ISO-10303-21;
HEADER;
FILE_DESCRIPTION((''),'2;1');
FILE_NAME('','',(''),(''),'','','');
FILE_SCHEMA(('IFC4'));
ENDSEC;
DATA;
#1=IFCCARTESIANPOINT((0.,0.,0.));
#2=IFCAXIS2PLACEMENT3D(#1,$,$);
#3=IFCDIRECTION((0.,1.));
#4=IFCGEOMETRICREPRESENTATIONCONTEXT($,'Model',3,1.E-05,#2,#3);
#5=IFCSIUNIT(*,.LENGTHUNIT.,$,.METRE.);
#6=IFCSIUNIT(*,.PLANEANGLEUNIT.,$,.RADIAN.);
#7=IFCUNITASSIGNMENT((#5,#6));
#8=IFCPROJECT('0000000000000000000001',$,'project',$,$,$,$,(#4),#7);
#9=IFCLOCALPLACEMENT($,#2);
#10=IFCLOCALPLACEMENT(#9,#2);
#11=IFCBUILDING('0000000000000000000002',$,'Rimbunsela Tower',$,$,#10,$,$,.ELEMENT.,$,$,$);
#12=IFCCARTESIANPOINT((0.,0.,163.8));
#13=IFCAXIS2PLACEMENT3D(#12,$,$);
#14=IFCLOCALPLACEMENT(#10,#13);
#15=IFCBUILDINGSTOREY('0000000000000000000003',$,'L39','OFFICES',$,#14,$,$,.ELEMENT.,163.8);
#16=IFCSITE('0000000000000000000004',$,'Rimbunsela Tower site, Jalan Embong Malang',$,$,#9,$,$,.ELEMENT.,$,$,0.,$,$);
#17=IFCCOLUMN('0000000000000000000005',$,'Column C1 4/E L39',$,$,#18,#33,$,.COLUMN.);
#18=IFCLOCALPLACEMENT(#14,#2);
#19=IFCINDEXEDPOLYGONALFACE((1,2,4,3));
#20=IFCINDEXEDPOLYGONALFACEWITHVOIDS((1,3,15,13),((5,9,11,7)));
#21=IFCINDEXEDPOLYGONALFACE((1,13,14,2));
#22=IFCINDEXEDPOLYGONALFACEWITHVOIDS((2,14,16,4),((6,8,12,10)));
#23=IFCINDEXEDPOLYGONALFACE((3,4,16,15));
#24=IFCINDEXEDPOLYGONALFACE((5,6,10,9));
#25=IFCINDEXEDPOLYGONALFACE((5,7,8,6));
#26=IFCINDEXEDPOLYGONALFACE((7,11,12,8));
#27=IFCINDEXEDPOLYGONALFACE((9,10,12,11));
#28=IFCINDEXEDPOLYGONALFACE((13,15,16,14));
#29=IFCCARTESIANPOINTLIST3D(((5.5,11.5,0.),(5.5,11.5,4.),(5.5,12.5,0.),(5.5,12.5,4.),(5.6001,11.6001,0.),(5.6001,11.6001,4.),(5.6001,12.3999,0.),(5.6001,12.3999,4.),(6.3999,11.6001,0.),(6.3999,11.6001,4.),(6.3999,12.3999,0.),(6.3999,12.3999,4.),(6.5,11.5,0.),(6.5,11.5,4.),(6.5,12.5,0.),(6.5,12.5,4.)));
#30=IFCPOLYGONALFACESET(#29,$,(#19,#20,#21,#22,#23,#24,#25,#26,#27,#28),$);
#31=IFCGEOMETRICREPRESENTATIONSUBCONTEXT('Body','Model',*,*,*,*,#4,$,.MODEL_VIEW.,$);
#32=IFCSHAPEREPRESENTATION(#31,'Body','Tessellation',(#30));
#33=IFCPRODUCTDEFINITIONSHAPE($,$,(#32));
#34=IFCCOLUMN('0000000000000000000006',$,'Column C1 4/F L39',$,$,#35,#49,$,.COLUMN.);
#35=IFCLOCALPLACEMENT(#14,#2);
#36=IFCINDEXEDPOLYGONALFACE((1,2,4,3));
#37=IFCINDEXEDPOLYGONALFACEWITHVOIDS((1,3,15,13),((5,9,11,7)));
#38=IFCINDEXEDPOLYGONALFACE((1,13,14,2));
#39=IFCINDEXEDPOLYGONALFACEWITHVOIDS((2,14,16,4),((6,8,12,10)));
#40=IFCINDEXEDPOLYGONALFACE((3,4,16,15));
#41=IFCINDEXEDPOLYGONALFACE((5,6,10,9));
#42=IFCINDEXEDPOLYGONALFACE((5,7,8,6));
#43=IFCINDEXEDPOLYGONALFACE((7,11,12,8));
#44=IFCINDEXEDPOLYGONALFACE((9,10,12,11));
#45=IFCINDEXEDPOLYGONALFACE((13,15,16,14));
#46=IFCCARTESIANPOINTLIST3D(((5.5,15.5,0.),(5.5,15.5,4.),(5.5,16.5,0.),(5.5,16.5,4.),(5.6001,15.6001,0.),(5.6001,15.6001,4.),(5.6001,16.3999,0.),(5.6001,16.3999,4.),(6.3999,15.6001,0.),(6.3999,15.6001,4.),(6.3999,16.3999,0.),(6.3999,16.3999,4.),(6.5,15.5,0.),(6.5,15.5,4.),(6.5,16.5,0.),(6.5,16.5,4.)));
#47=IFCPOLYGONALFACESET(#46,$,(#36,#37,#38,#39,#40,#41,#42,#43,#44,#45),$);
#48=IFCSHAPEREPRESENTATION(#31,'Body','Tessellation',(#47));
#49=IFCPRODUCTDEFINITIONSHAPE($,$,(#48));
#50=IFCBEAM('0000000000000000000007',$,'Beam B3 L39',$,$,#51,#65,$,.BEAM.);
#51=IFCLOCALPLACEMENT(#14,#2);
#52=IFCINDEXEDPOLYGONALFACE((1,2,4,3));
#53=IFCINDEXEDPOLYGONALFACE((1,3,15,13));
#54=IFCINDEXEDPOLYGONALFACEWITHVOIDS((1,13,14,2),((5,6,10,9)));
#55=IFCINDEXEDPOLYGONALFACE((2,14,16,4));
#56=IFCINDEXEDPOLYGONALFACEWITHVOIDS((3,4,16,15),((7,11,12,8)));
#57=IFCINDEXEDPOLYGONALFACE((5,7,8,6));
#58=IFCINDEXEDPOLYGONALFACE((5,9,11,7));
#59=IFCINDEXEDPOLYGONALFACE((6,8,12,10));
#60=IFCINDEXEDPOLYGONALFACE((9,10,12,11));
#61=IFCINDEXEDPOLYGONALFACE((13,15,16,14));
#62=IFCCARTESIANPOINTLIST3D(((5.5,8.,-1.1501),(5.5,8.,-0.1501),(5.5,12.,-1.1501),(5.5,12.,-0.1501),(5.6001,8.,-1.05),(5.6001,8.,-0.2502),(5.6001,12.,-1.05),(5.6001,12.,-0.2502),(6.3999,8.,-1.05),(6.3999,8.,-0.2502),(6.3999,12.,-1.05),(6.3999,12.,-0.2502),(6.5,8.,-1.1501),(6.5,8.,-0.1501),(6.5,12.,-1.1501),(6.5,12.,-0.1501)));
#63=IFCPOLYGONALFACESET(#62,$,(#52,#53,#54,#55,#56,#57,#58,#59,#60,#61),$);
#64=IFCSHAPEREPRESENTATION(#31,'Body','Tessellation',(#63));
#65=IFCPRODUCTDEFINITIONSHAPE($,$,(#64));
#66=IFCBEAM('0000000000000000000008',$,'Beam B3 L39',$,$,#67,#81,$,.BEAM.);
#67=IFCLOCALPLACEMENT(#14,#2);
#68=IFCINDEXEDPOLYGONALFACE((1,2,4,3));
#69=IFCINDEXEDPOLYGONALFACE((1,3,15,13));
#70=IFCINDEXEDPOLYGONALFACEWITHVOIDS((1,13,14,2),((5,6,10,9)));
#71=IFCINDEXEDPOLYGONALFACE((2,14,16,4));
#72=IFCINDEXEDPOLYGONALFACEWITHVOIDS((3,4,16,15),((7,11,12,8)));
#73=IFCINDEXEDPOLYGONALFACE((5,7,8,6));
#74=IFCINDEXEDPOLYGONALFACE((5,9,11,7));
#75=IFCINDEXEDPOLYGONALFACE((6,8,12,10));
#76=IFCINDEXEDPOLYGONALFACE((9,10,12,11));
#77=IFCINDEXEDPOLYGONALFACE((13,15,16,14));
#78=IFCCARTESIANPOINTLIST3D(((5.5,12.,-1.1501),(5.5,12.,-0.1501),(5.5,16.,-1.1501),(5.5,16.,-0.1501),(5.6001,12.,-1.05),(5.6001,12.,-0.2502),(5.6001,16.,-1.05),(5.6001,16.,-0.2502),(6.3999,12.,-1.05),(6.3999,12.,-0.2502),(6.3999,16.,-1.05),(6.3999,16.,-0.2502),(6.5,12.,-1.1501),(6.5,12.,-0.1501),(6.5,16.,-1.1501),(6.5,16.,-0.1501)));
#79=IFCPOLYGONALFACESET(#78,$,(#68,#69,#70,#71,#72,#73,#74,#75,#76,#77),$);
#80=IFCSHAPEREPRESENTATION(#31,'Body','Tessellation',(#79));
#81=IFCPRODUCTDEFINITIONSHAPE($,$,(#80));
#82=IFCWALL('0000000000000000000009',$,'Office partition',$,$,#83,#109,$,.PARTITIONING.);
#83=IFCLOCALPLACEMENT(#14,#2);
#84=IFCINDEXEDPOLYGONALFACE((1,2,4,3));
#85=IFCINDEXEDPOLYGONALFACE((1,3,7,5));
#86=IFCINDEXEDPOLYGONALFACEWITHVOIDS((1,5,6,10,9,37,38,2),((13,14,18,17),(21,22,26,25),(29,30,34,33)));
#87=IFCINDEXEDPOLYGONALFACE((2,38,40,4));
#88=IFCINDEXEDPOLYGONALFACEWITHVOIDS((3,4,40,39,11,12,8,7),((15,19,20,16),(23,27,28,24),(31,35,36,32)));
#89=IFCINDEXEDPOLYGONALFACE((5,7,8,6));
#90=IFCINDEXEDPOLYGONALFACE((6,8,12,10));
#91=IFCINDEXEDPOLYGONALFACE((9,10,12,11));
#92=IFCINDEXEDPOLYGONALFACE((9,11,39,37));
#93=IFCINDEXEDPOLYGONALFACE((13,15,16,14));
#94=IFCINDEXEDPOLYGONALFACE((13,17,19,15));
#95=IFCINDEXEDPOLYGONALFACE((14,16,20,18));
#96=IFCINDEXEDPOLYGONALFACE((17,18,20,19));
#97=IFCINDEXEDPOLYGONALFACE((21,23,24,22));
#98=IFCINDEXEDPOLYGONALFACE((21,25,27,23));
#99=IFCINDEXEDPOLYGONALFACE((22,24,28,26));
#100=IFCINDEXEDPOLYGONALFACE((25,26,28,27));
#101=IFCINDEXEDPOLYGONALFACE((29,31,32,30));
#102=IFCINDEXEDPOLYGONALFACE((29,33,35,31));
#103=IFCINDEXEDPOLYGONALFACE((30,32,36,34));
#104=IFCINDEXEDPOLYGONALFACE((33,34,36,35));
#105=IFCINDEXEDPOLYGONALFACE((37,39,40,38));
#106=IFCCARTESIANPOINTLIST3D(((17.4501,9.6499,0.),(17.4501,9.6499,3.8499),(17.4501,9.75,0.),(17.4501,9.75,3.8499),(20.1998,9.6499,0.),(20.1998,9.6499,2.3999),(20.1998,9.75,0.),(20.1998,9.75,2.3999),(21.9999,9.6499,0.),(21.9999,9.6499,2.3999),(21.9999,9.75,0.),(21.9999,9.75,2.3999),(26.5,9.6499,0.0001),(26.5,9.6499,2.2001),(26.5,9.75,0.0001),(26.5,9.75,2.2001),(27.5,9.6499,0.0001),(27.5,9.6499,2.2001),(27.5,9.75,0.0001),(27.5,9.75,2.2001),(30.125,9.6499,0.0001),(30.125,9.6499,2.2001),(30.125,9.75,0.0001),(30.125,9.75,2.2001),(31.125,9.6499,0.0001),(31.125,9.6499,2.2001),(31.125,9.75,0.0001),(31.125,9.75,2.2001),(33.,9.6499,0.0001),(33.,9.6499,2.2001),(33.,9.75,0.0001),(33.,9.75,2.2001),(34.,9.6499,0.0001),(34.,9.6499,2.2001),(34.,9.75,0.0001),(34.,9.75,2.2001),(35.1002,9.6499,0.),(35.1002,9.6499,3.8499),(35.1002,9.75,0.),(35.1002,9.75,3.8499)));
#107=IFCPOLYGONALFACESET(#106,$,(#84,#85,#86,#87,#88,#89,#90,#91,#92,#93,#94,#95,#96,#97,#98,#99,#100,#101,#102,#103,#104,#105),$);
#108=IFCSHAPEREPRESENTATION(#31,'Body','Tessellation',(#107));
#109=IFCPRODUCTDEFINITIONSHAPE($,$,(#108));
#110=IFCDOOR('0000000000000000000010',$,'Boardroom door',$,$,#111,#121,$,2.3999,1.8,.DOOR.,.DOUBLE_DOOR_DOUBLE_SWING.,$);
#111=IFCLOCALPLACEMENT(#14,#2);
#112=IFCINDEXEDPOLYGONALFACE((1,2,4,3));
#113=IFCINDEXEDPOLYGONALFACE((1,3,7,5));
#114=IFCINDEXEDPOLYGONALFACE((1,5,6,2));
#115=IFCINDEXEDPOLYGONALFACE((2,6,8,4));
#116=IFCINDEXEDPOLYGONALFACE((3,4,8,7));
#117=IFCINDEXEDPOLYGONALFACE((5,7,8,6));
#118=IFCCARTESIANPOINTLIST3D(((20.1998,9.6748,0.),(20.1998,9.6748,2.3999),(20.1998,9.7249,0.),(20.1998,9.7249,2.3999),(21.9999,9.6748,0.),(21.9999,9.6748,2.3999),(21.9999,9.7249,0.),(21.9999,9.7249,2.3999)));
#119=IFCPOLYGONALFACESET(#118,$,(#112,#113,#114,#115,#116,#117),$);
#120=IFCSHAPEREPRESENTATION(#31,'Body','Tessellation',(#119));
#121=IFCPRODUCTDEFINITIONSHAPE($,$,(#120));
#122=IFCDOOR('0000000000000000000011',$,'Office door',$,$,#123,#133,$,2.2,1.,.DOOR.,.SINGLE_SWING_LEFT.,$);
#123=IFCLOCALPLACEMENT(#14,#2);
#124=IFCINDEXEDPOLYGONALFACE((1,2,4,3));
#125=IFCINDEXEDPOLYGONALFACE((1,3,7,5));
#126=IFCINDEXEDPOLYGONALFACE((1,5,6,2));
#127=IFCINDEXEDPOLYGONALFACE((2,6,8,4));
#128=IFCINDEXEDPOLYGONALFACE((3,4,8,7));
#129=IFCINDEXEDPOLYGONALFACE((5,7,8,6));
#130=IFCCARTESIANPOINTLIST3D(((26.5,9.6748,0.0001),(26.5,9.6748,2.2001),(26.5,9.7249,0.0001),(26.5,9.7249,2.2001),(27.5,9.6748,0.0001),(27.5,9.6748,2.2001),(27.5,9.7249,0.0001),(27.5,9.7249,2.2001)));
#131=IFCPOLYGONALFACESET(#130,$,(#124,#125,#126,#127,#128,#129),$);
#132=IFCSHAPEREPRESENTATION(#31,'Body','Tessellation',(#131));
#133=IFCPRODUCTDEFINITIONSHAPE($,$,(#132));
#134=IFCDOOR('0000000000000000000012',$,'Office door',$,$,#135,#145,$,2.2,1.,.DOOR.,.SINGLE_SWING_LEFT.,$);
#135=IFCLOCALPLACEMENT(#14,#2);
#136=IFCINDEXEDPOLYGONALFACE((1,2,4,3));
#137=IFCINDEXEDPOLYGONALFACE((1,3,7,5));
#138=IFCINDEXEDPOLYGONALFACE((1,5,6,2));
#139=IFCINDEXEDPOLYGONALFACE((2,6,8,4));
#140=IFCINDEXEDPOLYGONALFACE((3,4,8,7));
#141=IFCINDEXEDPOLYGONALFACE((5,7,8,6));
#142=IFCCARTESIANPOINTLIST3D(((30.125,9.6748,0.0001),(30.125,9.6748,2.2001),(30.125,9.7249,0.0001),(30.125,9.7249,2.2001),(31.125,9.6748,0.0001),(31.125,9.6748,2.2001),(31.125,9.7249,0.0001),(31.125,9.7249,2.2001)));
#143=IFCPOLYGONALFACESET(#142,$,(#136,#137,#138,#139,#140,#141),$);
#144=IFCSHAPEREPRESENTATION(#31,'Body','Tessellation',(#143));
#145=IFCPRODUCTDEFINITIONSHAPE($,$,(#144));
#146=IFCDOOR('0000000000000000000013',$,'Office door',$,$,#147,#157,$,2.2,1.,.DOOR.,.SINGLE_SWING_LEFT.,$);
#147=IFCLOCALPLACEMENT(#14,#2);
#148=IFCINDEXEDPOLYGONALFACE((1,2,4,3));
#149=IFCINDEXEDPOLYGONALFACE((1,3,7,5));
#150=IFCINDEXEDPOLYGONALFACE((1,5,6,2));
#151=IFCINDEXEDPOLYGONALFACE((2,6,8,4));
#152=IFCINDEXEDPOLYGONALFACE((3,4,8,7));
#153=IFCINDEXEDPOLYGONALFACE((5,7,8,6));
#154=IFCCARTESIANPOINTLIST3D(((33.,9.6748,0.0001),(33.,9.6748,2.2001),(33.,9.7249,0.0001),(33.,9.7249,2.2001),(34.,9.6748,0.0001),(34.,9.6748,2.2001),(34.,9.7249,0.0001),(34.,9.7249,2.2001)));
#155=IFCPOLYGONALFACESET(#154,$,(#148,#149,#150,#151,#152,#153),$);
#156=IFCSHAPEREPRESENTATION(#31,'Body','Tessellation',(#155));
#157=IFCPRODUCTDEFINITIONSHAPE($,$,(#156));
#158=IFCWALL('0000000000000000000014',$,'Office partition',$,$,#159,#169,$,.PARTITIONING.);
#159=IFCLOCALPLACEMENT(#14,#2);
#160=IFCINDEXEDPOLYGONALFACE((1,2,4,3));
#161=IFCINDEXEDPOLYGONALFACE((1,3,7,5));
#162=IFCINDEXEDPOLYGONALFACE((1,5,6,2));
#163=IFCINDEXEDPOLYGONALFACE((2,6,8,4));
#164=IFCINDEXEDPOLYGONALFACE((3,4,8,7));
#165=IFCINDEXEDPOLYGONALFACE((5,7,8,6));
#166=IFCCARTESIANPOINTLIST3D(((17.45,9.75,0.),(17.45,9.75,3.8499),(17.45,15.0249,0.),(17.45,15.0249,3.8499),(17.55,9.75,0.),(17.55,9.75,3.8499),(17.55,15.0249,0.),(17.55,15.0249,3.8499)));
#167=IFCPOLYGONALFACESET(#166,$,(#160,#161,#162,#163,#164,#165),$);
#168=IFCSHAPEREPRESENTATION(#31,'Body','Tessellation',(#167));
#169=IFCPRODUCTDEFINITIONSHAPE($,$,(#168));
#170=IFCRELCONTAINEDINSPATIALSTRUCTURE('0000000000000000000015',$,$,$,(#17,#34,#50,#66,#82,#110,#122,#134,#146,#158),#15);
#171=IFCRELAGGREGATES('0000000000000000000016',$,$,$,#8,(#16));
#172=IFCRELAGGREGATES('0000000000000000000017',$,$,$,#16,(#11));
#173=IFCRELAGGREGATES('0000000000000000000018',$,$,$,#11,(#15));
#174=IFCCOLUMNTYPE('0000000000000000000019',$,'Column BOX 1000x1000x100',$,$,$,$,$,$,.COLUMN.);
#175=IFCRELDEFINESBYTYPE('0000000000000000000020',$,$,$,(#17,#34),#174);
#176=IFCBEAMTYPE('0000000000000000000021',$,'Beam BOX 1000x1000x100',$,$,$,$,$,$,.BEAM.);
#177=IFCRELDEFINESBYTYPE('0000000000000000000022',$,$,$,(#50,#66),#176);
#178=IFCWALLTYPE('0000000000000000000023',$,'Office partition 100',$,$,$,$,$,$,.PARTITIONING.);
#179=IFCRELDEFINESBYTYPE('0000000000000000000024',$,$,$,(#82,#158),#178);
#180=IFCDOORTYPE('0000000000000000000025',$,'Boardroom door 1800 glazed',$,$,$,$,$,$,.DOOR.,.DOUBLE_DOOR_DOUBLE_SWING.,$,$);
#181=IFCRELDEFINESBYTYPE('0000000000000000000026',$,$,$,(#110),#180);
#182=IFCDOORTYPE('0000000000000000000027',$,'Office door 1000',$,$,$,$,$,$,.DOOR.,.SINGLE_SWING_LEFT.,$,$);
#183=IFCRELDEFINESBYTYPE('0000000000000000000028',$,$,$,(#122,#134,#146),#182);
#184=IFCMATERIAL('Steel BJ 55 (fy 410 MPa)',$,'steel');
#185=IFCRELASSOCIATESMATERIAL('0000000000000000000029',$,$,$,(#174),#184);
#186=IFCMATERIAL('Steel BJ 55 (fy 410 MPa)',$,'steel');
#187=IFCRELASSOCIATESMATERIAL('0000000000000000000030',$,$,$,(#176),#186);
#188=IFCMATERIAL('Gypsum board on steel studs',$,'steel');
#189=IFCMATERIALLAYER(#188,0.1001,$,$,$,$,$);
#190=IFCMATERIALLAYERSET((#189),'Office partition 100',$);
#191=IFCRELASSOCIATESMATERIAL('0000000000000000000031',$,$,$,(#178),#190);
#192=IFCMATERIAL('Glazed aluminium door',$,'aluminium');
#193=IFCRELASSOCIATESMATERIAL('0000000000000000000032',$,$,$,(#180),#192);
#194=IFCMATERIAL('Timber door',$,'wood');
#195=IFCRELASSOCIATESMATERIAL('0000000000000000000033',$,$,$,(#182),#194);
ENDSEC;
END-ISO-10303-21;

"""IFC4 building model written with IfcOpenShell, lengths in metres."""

from ifc_helpers import new_model, si_unit, direction, frame, frame_2d, origin, origin_2d, place, context, subcontext, project, spatial, rectangle, hollow_rectangle, extrude, material, layer, layer_set, material_profile, profile_set, type_object, element, fill, save


model = new_model("IFC4")

# Units and contexts
model_context = context("Model", 3, precision=1e-05, world=origin(), true_north=direction((0.0, 1.0)))
body_context = subcontext(model_context, "Body", "Model", "MODEL_VIEW")
ifc_project = project(units=[si_unit("LENGTHUNIT", "METRE"), si_unit("PLANEANGLEUNIT", "RADIAN")], contexts=[model_context])

# Site, building, storey
site_placement = place(None, origin())
site = spatial("IfcSite", under=ifc_project, at=site_placement, Name="Rimbunsela Tower site, Jalan Embong Malang", CompositionType="ELEMENT", RefElevation=0.0)
building_placement = place(site_placement, origin())
building = spatial("IfcBuilding", under=site, at=building_placement, Name="Rimbunsela Tower", CompositionType="ELEMENT")
storey_placement = place(building_placement, frame((0.0, 0.0, 163.8)))
storey = spatial("IfcBuildingStorey", under=building, at=storey_placement, Name="L39", Description="OFFICES", CompositionType="ELEMENT", Elevation=163.8)

# Columns
ifc_material_1 = material(Name="Steel BJ 55 (fy 410 MPa)", Category="steel")
ifc_material_profile_1 = material_profile(ifc_material_1, hollow_rectangle(XDim=1.0, YDim=1.0, WallThickness=0.1001, at=origin_2d()), Name="BOX 1000x1000x100")
ifc_profile_set_1 = profile_set([ifc_material_profile_1], Name="Steel BJ 55 (fy 410 MPa)")
column_type = type_object("IfcColumnType", Name="Column BOX 1000x1000x100", PredefinedType="COLUMN", material=ifc_profile_set_1)
for number, where, z_axis, x_axis, name in (
    (1, (6.0, 12.0, 0.0), (0.0, 0.0, 1.0), (1.0, 0.0, 0.0), "Column C1 4/E L39"),
    (2, (6.0, 16.0, 0.0), (0.0, 0.0, 1.0), (1.0, 0.0, 0.0), "Column C1 4/F L39"),
):
    element("IfcColumn", number, at=place(storey_placement, frame(where, z_axis=z_axis, x_axis=x_axis)), inside=storey, type_object=column_type, Name=name, PredefinedType="COLUMN", context=body_context, shape_type="SweptSolid", body=[
        extrude(hollow_rectangle(XDim=1.0, YDim=1.0, WallThickness=0.1001, at=origin_2d()), origin(), (0.0, 0.0, 1.0), 4.0),
    ])

# Beams
ifc_material_2 = material(Name="Steel BJ 55 (fy 410 MPa)", Category="steel")
ifc_material_profile_2 = material_profile(ifc_material_2, hollow_rectangle(XDim=1.0, YDim=1.0, WallThickness=0.1001, at=origin_2d()), Name="BOX 1000x1000x100")
ifc_profile_set_2 = profile_set([ifc_material_profile_2], Name="Steel BJ 55 (fy 410 MPa)")
beam_type = type_object("IfcBeamType", Name="Beam BOX 1000x1000x100", PredefinedType="BEAM", material=ifc_profile_set_2)
for number, where, z_axis, x_axis, name in (
    (3, (6.0, 8.0, -0.6501), (0.0, 1.0, 0.0), (-1.0, 0.0, 0.0), "Beam B3 L39"),
    (4, (6.0, 12.0, -0.6501), (0.0, 1.0, 0.0), (-1.0, 0.0, 0.0), "Beam B3 L39"),
):
    element("IfcBeam", number, at=place(storey_placement, frame(where, z_axis=z_axis, x_axis=x_axis)), inside=storey, type_object=beam_type, Name=name, PredefinedType="BEAM", context=body_context, shape_type="SweptSolid", body=[
        extrude(hollow_rectangle(XDim=1.0, YDim=1.0, WallThickness=0.1001, at=origin_2d()), origin(), (0.0, 0.0, 1.0), 4.0),
    ])

# Wall, openings, doors
ifc_material_3 = material(Name="Gypsum board on steel studs", Category="steel")
ifc_layer_1 = layer(ifc_material_3, 0.1001)
ifc_layer_set_1 = layer_set([ifc_layer_1], Name="Office partition 100")
wall_type_1 = type_object("IfcWallType", Name="Office partition 100", PredefinedType="PARTITIONING", material=ifc_layer_set_1)
wall_1_placement = place(storey_placement, frame((17.45, 9.7, 0.0), z_axis=(0.0, 0.0, 1.0), x_axis=(1.0, 0.0, 0.0)))
wall_1 = element("IfcWall", 5, at=wall_1_placement, inside=storey, type_object=wall_type_1, Name="Office partition", PredefinedType="PARTITIONING", context=body_context, shape_type="SweptSolid", body=[
    extrude(rectangle(XDim=17.6501, YDim=0.1001, at=frame_2d((8.8252, 0.0))), origin(), (0.0, 0.0, 1.0), 3.8499),
])
opening_1_placement = place(wall_1_placement, frame((2.75, 0.0, 0.0)))
opening_1 = element("IfcOpeningElement", 6, at=opening_1_placement, cuts=wall_1, PredefinedType="OPENING", context=body_context, shape_type="SweptSolid", body=[
    extrude(rectangle(XDim=1.8, YDim=2.3999, at=frame_2d((0.8999, 1.2))), frame((0.0, 0.0601, 0.0), z_axis=(0.0, -1.0, 0.0), x_axis=(1.0, 0.0, 0.0)), (0.0, 0.0, 1.0), 0.1201),
])
opening_2_placement = place(wall_1_placement, frame((9.05, 0.0, 0.0)))
opening_2 = element("IfcOpeningElement", 7, at=opening_2_placement, cuts=wall_1, PredefinedType="OPENING", context=body_context, shape_type="SweptSolid", body=[
    extrude(rectangle(XDim=1.0, YDim=2.2, at=frame_2d((0.5, 1.1001))), frame((0.0, 0.0601, 0.0), z_axis=(0.0, -1.0, 0.0), x_axis=(1.0, 0.0, 0.0)), (0.0, 0.0, 1.0), 0.1201),
])
opening_3_placement = place(wall_1_placement, frame((12.675, 0.0, 0.0)))
opening_3 = element("IfcOpeningElement", 8, at=opening_3_placement, cuts=wall_1, PredefinedType="OPENING", context=body_context, shape_type="SweptSolid", body=[
    extrude(rectangle(XDim=1.0, YDim=2.2, at=frame_2d((0.5, 1.1001))), frame((0.0, 0.0601, 0.0), z_axis=(0.0, -1.0, 0.0), x_axis=(1.0, 0.0, 0.0)), (0.0, 0.0, 1.0), 0.1201),
])
opening_4_placement = place(wall_1_placement, frame((15.55, 0.0, 0.0)))
opening_4 = element("IfcOpeningElement", 9, at=opening_4_placement, cuts=wall_1, PredefinedType="OPENING", context=body_context, shape_type="SweptSolid", body=[
    extrude(rectangle(XDim=1.0, YDim=2.2, at=frame_2d((0.5, 1.1001))), frame((0.0, 0.0601, 0.0), z_axis=(0.0, -1.0, 0.0), x_axis=(1.0, 0.0, 0.0)), (0.0, 0.0, 1.0), 0.1201),
])
ifc_material_4 = material(Name="Glazed aluminium door", Category="aluminium")
door_type_1 = type_object("IfcDoorType", Name="Boardroom door 1800 glazed", OperationType="DOUBLE_DOOR_DOUBLE_SWING", PredefinedType="DOOR", material=ifc_material_4)
door_1_placement = place(opening_1_placement, origin())
door_1 = element("IfcDoor", 10, at=door_1_placement, inside=storey, type_object=door_type_1, Name="Boardroom door", OperationType="DOUBLE_DOOR_DOUBLE_SWING", OverallHeight=2.3999, OverallWidth=1.8, PredefinedType="DOOR", context=body_context, shape_type="SweptSolid", body=[
    extrude(rectangle(XDim=1.8, YDim=2.3999, at=frame_2d((0.8999, 1.2))), frame((0.0, 0.0249, 0.0), z_axis=(0.0, -1.0, 0.0), x_axis=(1.0, 0.0, 0.0)), (0.0, 0.0, 1.0), 0.05),
])
fill(opening_1, door_1)
ifc_material_5 = material(Name="Timber door", Category="wood")
door_type_2 = type_object("IfcDoorType", Name="Office door 1000", OperationType="SINGLE_SWING_LEFT", PredefinedType="DOOR", material=ifc_material_5)
door_2_placement = place(opening_2_placement, origin())
door_2 = element("IfcDoor", 11, at=door_2_placement, inside=storey, type_object=door_type_2, Name="Office door", OperationType="SINGLE_SWING_LEFT", OverallHeight=2.2, OverallWidth=1.0, PredefinedType="DOOR", context=body_context, shape_type="SweptSolid", body=[
    extrude(rectangle(XDim=1.0, YDim=2.2, at=frame_2d((0.5, 1.1001))), frame((0.0, 0.0249, 0.0), z_axis=(0.0, -1.0, 0.0), x_axis=(1.0, 0.0, 0.0)), (0.0, 0.0, 1.0), 0.05),
])
fill(opening_2, door_2)
door_3_placement = place(opening_3_placement, origin())
door_3 = element("IfcDoor", 12, at=door_3_placement, inside=storey, type_object=door_type_2, Name="Office door", OperationType="SINGLE_SWING_LEFT", OverallHeight=2.2, OverallWidth=1.0, PredefinedType="DOOR", context=body_context, shape_type="SweptSolid", body=[
    extrude(rectangle(XDim=1.0, YDim=2.2, at=frame_2d((0.5, 1.1001))), frame((0.0, 0.0249, 0.0), z_axis=(0.0, -1.0, 0.0), x_axis=(1.0, 0.0, 0.0)), (0.0, 0.0, 1.0), 0.05),
])
fill(opening_3, door_3)
door_4_placement = place(opening_4_placement, origin())
door_4 = element("IfcDoor", 13, at=door_4_placement, inside=storey, type_object=door_type_2, Name="Office door", OperationType="SINGLE_SWING_LEFT", OverallHeight=2.2, OverallWidth=1.0, PredefinedType="DOOR", context=body_context, shape_type="SweptSolid", body=[
    extrude(rectangle(XDim=1.0, YDim=2.2, at=frame_2d((0.5, 1.1001))), frame((0.0, 0.0249, 0.0), z_axis=(0.0, -1.0, 0.0), x_axis=(1.0, 0.0, 0.0)), (0.0, 0.0, 1.0), 0.05),
])
fill(opening_4, door_4)

# Wall
wall_2_placement = place(storey_placement, frame((17.5, 9.75, 0.0), z_axis=(0.0, 0.0, 1.0), x_axis=(0.0, 1.0, 0.0)))
element("IfcWall", 14, at=wall_2_placement, inside=storey, type_object=wall_type_1, Name="Office partition", PredefinedType="PARTITIONING", context=body_context, shape_type="SweptSolid", body=[
    extrude(rectangle(XDim=5.2749, YDim=0.1001, at=frame_2d((2.6375, 0.0))), origin(), (0.0, 0.0, 1.0), 3.8499),
])

save(model, "model.ifc")
